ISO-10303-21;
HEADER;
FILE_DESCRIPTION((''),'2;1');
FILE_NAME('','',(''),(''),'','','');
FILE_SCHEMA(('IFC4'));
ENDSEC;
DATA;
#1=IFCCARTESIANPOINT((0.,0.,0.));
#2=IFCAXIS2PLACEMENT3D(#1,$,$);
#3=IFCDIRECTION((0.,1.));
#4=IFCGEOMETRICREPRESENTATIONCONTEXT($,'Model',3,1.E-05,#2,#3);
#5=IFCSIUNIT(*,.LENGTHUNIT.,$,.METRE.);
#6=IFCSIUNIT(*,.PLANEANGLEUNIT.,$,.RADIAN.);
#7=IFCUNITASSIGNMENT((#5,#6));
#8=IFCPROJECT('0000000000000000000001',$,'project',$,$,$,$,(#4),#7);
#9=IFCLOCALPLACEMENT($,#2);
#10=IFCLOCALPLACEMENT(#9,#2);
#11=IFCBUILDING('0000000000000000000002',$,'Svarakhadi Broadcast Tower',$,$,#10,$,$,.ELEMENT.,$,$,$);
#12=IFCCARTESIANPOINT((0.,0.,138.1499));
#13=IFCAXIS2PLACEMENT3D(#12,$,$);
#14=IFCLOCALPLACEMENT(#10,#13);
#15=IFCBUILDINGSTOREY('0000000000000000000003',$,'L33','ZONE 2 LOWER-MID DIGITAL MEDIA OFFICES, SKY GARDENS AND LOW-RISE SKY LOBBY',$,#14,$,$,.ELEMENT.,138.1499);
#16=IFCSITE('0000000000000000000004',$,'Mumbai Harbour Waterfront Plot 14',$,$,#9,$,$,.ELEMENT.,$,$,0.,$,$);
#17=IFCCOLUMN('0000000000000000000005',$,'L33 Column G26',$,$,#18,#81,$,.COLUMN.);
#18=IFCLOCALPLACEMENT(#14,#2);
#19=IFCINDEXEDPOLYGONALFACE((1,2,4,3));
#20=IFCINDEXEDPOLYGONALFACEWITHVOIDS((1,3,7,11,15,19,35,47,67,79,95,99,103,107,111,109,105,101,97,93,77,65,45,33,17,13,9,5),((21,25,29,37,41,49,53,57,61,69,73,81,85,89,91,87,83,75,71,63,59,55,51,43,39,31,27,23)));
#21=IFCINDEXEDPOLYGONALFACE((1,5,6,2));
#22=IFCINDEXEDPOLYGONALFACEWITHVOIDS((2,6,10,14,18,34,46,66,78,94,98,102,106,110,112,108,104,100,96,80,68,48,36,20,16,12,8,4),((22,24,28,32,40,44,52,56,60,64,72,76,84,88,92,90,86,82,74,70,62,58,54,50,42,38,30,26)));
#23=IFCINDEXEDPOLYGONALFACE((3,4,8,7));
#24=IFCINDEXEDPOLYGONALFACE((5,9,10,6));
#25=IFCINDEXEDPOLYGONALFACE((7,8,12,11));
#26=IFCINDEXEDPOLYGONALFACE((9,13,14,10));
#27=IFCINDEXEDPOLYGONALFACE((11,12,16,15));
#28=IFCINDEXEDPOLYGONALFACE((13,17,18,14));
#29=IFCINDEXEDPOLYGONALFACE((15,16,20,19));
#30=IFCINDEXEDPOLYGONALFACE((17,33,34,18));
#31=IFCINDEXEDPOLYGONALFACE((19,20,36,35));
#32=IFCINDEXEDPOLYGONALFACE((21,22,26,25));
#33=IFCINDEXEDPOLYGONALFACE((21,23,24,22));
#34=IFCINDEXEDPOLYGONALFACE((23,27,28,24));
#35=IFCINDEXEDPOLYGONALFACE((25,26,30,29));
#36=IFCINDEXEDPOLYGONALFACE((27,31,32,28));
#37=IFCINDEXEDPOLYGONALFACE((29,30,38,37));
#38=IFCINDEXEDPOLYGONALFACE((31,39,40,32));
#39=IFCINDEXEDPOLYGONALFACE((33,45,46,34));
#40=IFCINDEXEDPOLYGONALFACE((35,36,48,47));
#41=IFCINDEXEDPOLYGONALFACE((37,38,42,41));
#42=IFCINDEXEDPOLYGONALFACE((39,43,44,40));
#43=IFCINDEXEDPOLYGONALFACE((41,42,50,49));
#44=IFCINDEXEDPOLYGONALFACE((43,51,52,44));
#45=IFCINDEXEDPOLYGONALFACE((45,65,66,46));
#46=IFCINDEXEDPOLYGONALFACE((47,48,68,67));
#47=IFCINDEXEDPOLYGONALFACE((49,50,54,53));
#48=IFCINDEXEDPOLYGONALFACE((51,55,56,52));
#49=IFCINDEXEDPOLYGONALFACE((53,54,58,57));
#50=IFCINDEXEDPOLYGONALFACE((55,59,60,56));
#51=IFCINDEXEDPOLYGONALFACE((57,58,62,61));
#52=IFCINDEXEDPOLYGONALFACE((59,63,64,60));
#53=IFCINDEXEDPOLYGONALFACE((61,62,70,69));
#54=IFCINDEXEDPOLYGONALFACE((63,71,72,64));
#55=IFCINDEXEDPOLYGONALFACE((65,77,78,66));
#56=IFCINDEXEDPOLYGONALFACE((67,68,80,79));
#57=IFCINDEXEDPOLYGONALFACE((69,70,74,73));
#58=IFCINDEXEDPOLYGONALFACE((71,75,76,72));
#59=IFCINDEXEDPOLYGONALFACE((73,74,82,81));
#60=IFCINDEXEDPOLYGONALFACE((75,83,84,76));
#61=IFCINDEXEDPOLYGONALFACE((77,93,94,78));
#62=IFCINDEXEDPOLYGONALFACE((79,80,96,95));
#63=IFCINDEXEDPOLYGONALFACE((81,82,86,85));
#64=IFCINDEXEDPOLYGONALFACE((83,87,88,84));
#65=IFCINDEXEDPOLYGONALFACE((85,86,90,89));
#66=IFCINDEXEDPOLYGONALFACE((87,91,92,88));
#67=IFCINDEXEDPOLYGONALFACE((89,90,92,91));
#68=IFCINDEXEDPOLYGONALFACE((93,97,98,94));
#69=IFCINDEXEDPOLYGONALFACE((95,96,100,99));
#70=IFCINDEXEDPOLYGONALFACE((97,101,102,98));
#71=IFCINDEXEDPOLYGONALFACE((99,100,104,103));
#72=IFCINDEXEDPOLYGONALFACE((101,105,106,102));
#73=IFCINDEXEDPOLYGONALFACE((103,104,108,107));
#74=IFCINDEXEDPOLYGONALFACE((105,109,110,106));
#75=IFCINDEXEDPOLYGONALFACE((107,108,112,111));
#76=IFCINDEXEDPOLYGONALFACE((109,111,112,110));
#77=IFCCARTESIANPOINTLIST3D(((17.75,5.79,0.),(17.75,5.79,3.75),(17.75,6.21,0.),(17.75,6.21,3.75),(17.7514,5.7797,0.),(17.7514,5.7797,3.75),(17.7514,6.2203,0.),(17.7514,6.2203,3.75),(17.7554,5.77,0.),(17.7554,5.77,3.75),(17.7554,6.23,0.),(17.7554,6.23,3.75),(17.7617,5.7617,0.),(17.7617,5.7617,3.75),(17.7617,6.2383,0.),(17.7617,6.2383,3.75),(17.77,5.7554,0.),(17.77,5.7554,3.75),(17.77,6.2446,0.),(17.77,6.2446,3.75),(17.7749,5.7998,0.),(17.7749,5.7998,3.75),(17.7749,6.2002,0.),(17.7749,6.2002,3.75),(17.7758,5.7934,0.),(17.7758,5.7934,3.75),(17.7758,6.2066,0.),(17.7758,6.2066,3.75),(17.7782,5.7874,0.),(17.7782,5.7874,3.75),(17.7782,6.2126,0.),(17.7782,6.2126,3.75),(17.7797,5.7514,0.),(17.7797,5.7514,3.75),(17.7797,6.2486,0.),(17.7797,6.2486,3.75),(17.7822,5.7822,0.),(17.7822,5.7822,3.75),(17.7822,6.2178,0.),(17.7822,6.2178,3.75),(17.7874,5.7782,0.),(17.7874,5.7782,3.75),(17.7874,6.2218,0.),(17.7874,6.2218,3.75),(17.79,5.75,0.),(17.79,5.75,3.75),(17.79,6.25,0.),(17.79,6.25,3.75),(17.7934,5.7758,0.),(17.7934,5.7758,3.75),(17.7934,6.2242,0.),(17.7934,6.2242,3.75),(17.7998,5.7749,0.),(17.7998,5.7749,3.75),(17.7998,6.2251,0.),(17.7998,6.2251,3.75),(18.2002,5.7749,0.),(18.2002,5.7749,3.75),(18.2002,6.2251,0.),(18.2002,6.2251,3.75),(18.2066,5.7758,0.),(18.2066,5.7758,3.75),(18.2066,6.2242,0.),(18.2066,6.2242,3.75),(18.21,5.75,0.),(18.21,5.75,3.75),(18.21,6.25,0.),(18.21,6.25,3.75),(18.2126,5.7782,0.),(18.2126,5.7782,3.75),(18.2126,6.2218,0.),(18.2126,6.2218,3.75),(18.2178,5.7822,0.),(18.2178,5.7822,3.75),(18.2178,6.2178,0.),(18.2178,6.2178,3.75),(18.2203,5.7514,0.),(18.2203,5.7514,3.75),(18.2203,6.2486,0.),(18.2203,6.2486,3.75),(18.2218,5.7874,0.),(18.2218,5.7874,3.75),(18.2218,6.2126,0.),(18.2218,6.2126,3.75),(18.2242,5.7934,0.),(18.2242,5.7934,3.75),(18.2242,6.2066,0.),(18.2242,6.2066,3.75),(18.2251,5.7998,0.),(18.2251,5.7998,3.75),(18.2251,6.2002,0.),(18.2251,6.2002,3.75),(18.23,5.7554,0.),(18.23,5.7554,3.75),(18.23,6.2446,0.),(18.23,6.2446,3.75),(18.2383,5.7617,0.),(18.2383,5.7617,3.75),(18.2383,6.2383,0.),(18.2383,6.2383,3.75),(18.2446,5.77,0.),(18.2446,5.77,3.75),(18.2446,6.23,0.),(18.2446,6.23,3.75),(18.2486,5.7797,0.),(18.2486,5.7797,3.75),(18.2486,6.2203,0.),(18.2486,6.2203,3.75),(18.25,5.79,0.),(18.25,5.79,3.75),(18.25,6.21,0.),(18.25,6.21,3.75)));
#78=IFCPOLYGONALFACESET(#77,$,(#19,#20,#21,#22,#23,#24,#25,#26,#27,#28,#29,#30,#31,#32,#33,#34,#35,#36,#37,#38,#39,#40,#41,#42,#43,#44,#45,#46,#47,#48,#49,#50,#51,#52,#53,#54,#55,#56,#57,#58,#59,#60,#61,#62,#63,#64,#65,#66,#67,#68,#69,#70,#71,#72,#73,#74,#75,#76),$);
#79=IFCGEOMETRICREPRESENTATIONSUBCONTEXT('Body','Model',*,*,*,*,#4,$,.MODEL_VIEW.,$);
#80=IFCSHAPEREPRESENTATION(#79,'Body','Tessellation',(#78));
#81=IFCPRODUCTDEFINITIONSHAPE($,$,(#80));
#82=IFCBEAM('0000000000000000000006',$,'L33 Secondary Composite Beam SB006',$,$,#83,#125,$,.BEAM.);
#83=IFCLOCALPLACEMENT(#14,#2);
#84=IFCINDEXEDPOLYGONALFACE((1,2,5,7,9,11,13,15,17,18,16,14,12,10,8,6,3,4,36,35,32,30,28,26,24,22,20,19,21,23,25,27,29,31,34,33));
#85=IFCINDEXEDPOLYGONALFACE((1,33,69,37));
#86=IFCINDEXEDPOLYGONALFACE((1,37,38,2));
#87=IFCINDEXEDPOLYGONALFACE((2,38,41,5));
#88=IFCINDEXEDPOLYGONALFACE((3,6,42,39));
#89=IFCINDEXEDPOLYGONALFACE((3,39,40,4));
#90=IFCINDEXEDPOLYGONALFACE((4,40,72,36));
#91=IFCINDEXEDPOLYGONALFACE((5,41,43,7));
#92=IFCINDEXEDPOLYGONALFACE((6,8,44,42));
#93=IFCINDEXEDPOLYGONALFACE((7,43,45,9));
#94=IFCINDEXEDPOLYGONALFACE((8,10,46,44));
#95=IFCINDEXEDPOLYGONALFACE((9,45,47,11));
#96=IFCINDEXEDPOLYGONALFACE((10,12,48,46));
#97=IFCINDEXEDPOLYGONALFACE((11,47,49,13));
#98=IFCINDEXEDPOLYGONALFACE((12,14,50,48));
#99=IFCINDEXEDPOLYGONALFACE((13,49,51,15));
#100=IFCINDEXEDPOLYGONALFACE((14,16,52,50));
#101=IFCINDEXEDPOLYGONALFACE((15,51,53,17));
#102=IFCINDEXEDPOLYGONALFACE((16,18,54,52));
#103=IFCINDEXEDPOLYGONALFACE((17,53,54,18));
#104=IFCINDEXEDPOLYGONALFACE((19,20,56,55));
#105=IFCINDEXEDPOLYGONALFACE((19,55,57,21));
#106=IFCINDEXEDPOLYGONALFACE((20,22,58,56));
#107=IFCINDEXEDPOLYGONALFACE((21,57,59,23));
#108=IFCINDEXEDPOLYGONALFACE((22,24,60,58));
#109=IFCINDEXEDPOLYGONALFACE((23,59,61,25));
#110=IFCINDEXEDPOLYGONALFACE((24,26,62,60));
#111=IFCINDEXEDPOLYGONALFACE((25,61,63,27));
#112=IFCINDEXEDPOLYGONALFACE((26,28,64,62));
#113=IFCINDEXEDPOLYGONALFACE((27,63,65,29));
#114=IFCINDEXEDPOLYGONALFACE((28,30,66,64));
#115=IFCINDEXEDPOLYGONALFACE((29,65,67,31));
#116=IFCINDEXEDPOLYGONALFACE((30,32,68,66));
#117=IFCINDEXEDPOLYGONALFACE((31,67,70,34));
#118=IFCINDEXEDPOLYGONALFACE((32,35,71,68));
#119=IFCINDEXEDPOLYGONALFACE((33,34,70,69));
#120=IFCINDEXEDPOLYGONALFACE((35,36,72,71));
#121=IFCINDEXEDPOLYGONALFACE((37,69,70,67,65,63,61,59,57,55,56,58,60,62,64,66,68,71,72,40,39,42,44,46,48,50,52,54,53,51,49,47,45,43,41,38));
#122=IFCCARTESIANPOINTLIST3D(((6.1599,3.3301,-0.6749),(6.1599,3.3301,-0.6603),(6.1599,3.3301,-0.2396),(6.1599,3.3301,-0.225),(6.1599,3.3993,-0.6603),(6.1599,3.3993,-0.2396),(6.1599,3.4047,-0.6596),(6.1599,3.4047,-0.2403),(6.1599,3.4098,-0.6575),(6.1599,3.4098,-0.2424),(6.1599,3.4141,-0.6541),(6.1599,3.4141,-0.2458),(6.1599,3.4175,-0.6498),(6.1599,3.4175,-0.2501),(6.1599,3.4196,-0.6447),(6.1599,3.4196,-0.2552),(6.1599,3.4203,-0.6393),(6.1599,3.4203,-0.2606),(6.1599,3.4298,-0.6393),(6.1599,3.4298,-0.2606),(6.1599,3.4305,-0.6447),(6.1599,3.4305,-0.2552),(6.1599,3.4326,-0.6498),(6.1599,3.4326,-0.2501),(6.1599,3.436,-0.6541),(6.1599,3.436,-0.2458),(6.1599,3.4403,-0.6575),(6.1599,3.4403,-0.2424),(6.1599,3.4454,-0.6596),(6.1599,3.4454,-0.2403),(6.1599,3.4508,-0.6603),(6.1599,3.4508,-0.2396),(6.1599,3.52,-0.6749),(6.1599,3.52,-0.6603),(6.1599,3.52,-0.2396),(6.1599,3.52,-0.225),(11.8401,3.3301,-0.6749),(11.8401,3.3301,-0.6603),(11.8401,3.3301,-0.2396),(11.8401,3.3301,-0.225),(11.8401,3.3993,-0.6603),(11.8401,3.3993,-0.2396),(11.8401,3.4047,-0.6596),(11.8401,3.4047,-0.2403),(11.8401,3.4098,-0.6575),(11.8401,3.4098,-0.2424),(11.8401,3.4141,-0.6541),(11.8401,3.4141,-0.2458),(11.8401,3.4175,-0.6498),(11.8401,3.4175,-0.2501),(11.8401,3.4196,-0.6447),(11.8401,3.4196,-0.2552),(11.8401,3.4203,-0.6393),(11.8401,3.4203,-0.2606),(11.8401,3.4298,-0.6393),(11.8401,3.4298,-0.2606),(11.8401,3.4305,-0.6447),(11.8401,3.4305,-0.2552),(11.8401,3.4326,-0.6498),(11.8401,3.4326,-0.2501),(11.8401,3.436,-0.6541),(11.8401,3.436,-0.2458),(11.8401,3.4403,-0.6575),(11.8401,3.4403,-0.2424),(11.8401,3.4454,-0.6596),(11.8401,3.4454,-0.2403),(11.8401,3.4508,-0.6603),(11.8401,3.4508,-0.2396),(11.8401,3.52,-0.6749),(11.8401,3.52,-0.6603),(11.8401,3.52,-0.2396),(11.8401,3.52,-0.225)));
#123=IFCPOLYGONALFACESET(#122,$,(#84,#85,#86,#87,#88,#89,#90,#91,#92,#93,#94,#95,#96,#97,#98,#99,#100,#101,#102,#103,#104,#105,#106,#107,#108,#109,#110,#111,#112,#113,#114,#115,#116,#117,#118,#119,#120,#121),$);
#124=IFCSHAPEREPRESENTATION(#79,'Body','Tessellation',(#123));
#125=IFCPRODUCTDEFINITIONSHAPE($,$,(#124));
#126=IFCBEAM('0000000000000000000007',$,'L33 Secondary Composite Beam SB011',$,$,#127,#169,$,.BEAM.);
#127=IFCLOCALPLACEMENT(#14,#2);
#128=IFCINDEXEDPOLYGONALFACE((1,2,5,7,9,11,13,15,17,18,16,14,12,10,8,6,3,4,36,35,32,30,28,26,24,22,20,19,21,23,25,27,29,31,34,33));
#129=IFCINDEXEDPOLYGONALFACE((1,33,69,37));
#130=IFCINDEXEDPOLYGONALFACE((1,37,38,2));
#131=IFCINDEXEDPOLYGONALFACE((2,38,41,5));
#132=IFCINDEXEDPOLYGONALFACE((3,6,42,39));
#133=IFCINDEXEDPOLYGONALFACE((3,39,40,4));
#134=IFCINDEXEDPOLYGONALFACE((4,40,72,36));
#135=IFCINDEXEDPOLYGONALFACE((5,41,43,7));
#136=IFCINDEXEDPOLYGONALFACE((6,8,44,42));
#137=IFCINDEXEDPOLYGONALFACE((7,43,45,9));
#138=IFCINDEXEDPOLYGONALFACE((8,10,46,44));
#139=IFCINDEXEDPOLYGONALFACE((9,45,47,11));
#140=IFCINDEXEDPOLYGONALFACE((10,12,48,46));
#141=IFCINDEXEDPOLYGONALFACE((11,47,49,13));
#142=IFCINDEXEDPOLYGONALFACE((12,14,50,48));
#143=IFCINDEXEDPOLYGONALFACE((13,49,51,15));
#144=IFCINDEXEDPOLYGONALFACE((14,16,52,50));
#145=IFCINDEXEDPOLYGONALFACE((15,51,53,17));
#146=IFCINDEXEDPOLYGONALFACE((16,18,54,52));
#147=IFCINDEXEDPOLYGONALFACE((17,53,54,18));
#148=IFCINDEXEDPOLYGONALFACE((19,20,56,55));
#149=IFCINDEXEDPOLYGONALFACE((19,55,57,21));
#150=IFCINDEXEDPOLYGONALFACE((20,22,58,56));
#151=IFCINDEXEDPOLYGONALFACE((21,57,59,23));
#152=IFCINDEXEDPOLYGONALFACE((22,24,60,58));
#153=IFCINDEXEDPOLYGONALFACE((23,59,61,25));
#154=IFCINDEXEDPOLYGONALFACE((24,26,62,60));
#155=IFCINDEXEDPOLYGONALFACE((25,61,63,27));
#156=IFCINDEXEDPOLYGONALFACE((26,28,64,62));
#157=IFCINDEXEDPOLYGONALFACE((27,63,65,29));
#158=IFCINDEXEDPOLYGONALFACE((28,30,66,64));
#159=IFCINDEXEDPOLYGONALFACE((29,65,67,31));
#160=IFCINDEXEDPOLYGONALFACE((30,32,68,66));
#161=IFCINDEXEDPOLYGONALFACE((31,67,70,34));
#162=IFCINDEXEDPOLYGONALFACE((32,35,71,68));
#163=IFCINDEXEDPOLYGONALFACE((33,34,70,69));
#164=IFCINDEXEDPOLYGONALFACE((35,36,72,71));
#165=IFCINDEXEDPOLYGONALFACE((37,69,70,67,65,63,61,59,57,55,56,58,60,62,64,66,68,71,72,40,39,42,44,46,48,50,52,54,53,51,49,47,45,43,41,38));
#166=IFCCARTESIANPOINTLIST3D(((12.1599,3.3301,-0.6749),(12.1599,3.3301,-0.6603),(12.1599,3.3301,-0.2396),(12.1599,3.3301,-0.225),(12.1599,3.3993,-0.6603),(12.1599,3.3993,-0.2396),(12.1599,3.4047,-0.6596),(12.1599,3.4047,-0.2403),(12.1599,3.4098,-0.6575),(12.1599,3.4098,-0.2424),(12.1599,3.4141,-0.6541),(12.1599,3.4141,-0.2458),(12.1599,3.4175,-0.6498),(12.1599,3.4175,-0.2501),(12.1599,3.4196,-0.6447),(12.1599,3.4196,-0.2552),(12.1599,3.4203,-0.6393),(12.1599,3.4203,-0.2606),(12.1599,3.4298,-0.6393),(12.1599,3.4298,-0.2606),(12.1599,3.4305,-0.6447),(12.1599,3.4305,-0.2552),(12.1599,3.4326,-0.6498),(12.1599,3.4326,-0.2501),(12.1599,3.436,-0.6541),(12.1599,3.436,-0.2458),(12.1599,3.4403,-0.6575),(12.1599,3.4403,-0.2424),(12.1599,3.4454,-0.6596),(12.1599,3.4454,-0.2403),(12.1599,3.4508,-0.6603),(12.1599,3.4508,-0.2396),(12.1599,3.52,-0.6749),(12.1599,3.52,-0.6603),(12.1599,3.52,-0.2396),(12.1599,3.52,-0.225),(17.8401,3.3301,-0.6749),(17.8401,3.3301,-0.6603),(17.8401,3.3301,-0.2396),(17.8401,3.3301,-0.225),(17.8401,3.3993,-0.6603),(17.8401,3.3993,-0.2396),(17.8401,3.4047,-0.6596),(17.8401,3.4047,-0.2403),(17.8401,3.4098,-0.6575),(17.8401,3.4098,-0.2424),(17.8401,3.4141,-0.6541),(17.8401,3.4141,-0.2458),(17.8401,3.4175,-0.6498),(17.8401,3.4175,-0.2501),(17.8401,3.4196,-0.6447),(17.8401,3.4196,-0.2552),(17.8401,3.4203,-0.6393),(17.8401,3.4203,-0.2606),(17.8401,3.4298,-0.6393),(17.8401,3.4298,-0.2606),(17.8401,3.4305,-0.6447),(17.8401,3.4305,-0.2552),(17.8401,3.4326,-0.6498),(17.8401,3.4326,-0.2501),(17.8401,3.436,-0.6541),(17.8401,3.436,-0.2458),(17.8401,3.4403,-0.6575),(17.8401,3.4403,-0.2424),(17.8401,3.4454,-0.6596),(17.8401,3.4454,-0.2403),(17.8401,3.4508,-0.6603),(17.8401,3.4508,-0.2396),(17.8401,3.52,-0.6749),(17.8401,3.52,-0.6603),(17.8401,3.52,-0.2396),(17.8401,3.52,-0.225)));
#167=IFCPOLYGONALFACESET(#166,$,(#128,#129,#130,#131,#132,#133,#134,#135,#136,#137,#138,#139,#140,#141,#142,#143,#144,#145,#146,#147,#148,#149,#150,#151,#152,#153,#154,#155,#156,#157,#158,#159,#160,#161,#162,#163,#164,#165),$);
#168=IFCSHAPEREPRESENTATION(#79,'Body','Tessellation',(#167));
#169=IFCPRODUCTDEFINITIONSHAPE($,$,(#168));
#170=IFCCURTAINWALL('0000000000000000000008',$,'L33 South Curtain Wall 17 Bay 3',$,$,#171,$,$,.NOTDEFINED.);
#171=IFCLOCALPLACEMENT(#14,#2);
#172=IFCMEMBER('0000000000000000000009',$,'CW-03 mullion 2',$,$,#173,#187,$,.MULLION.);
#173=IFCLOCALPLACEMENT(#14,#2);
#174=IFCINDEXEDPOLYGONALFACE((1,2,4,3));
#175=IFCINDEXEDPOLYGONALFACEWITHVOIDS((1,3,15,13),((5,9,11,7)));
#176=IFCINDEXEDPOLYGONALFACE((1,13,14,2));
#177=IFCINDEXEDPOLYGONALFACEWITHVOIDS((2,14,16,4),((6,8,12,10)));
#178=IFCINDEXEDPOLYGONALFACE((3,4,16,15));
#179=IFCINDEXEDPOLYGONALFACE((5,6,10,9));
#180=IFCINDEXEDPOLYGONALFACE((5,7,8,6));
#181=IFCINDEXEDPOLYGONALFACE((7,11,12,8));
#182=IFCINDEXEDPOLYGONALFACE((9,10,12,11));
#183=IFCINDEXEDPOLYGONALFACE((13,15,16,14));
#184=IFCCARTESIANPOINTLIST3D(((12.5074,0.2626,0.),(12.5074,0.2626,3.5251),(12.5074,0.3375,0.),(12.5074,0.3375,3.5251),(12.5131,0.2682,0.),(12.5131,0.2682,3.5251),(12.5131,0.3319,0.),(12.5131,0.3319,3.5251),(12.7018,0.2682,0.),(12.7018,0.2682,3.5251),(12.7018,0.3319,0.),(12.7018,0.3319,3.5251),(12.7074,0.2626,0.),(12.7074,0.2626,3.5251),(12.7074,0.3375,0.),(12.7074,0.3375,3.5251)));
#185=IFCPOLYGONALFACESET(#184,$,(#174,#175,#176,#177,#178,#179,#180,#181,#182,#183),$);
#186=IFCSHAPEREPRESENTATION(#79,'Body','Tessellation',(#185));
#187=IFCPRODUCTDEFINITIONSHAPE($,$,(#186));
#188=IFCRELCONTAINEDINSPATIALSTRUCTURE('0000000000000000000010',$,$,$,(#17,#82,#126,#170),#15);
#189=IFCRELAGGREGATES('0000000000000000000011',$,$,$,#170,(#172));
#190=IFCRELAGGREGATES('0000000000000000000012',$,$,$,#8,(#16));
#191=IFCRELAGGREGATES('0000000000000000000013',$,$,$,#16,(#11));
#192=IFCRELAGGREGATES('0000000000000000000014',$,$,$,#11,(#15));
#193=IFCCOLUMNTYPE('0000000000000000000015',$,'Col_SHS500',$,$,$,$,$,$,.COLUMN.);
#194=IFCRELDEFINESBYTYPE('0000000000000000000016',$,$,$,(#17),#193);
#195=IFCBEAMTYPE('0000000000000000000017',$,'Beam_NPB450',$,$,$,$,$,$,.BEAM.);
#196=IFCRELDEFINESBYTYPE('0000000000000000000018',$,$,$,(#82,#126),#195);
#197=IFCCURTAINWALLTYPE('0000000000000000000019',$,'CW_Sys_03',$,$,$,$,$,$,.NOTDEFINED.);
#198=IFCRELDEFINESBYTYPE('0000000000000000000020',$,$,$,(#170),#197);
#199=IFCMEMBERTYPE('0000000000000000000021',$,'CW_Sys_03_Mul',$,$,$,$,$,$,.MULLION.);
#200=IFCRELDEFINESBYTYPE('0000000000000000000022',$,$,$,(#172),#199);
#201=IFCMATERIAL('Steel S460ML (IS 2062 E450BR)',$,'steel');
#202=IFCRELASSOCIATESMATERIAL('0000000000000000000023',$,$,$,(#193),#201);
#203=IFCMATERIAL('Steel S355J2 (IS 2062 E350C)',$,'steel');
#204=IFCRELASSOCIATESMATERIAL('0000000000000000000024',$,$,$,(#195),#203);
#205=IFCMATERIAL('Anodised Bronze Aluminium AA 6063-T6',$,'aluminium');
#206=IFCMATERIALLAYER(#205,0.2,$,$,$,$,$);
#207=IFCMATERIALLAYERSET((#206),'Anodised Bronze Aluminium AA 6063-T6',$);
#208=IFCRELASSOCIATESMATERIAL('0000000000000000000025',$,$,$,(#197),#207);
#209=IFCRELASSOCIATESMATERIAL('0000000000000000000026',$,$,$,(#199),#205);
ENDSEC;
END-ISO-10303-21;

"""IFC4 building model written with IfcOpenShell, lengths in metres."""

from ifc_helpers import new_model, si_unit, direction, frame, origin, origin_2d, place, context, subcontext, project, spatial, hollow_rectangle, i_section, extrude, material, layer, layer_set, material_profile, profile_set, type_object, element, aggregate, save


model = new_model("IFC4")

# Units and contexts
model_context = context("Model", 3, precision=1e-05, world=origin(), true_north=direction((0.0, 1.0)))
body_context = subcontext(model_context, "Body", "Model", "MODEL_VIEW")
ifc_project = project(units=[si_unit("LENGTHUNIT", "METRE"), si_unit("PLANEANGLEUNIT", "RADIAN")], contexts=[model_context])

# Site, building, storey
site_placement = place(None, origin())
site = spatial("IfcSite", under=ifc_project, at=site_placement, Name="Mumbai Harbour Waterfront Plot 14", CompositionType="ELEMENT", RefElevation=0.0)
building_placement = place(site_placement, origin())
building = spatial("IfcBuilding", under=site, at=building_placement, Name="Svarakhadi Broadcast Tower", CompositionType="ELEMENT")
storey_placement = place(building_placement, frame((0.0, 0.0, 138.1499)))
storey = spatial("IfcBuildingStorey", under=building, at=storey_placement, Name="L33", Description="ZONE 2 LOWER-MID DIGITAL MEDIA OFFICES, SKY GARDENS AND LOW-RISE SKY LOBBY", CompositionType="ELEMENT", Elevation=138.1499)

# Column
ifc_material_1 = material(Name="Steel S460ML (IS 2062 E450BR)", Category="steel")
ifc_material_profile_1 = material_profile(ifc_material_1, hollow_rectangle(XDim=0.5, YDim=0.5, WallThickness=0.0249, InnerFilletRadius=0.0249, OuterFilletRadius=0.04, at=origin_2d()), Name="SHS 500x500x25")
ifc_profile_set_1 = profile_set([ifc_material_profile_1], Name="Steel S460ML (IS 2062 E450BR)")
column_type_1 = type_object("IfcColumnType", Name="Col_SHS500", PredefinedType="COLUMN", material=ifc_profile_set_1)
for number, where, z_axis, x_axis, name in (
    (1, (18.0, 6.0, 0.0), (0.0, 0.0, 1.0), (1.0, 0.0, 0.0), "L33 Column G26"),
):
    element("IfcColumn", number, at=place(storey_placement, frame(where, z_axis=z_axis, x_axis=x_axis)), inside=storey, type_object=column_type_1, Name=name, PredefinedType="COLUMN", context=body_context, shape_type="SweptSolid", body=[
        extrude(hollow_rectangle(XDim=0.5, YDim=0.5, WallThickness=0.0249, InnerFilletRadius=0.0249, OuterFilletRadius=0.04, at=origin_2d()), origin(), (0.0, 0.0, 1.0), 3.75),
    ])

# Beams
ifc_material_2 = material(Name="Steel S355J2 (IS 2062 E350C)", Category="steel")
ifc_material_profile_2 = material_profile(ifc_material_2, i_section(OverallWidth=0.1899, OverallDepth=0.45, WebThickness=0.0095, FlangeThickness=0.0146, FilletRadius=0.021, at=origin_2d()), Name="NPB 450x190x78")
ifc_profile_set_2 = profile_set([ifc_material_profile_2], Name="Steel S355J2 (IS 2062 E350C)")
beam_type_1 = type_object("IfcBeamType", Name="Beam_NPB450", PredefinedType="BEAM", material=ifc_profile_set_2)
for number, where, z_axis, x_axis, name in (
    (2, (6.1599, 3.425, -0.45), (1.0, 0.0, 0.0), (0.0, 1.0, 0.0), "L33 Secondary Composite Beam SB006"),
    (3, (12.1599, 3.425, -0.45), (1.0, 0.0, 0.0), (0.0, 1.0, 0.0), "L33 Secondary Composite Beam SB011"),
):
    element("IfcBeam", number, at=place(storey_placement, frame(where, z_axis=z_axis, x_axis=x_axis)), inside=storey, type_object=beam_type_1, Name=name, PredefinedType="BEAM", context=body_context, shape_type="SweptSolid", body=[
        extrude(i_section(OverallWidth=0.1899, OverallDepth=0.45, WebThickness=0.0095, FlangeThickness=0.0146, FilletRadius=0.021, at=origin_2d()), origin(), (0.0, 0.0, 1.0), 5.6802),
    ])

# Curtain wall, member
ifc_material_3 = material(Name="Anodised Bronze Aluminium AA 6063-T6", Category="aluminium")
ifc_layer_1 = layer(ifc_material_3, 0.2)
ifc_layer_set_1 = layer_set([ifc_layer_1], Name="Anodised Bronze Aluminium AA 6063-T6")
curtain_wall_type = type_object("IfcCurtainWallType", Name="CW_Sys_03", PredefinedType="NOTDEFINED", material=ifc_layer_set_1)
curtain_wall_1_placement = place(storey_placement, origin())
curtain_wall_1 = element("IfcCurtainWall", 4, at=curtain_wall_1_placement, inside=storey, type_object=curtain_wall_type, Name="L33 South Curtain Wall 17 Bay 3", PredefinedType="NOTDEFINED")
ifc_material_profile_3 = material_profile(ifc_material_3, hollow_rectangle(XDim=0.075, YDim=0.2, WallThickness=0.0056, at=origin_2d()), Name="ALU MULLION 200x75x6")
ifc_profile_set_3 = profile_set([ifc_material_profile_3], Name="Anodised Bronze Aluminium AA 6063-T6")
member_type_1 = type_object("IfcMemberType", Name="CW_Sys_03_Mul", PredefinedType="MULLION", material=ifc_profile_set_3)
member_1_placement = place(storey_placement, frame((12.6074, 0.3, 0.0), z_axis=(0.0, 0.0, 1.0), x_axis=(0.0, -1.0, 0.0)))
member_1 = element("IfcMember", 5, at=member_1_placement, type_object=member_type_1, Name="CW-03 mullion 2", PredefinedType="MULLION", context=body_context, shape_type="SweptSolid", body=[
    extrude(hollow_rectangle(XDim=0.075, YDim=0.2, WallThickness=0.0056, at=origin_2d()), origin(), (0.0, 0.0, 1.0), 3.5251),
])
aggregate(curtain_wall_1, [member_1])

save(model, "model.ifc")
